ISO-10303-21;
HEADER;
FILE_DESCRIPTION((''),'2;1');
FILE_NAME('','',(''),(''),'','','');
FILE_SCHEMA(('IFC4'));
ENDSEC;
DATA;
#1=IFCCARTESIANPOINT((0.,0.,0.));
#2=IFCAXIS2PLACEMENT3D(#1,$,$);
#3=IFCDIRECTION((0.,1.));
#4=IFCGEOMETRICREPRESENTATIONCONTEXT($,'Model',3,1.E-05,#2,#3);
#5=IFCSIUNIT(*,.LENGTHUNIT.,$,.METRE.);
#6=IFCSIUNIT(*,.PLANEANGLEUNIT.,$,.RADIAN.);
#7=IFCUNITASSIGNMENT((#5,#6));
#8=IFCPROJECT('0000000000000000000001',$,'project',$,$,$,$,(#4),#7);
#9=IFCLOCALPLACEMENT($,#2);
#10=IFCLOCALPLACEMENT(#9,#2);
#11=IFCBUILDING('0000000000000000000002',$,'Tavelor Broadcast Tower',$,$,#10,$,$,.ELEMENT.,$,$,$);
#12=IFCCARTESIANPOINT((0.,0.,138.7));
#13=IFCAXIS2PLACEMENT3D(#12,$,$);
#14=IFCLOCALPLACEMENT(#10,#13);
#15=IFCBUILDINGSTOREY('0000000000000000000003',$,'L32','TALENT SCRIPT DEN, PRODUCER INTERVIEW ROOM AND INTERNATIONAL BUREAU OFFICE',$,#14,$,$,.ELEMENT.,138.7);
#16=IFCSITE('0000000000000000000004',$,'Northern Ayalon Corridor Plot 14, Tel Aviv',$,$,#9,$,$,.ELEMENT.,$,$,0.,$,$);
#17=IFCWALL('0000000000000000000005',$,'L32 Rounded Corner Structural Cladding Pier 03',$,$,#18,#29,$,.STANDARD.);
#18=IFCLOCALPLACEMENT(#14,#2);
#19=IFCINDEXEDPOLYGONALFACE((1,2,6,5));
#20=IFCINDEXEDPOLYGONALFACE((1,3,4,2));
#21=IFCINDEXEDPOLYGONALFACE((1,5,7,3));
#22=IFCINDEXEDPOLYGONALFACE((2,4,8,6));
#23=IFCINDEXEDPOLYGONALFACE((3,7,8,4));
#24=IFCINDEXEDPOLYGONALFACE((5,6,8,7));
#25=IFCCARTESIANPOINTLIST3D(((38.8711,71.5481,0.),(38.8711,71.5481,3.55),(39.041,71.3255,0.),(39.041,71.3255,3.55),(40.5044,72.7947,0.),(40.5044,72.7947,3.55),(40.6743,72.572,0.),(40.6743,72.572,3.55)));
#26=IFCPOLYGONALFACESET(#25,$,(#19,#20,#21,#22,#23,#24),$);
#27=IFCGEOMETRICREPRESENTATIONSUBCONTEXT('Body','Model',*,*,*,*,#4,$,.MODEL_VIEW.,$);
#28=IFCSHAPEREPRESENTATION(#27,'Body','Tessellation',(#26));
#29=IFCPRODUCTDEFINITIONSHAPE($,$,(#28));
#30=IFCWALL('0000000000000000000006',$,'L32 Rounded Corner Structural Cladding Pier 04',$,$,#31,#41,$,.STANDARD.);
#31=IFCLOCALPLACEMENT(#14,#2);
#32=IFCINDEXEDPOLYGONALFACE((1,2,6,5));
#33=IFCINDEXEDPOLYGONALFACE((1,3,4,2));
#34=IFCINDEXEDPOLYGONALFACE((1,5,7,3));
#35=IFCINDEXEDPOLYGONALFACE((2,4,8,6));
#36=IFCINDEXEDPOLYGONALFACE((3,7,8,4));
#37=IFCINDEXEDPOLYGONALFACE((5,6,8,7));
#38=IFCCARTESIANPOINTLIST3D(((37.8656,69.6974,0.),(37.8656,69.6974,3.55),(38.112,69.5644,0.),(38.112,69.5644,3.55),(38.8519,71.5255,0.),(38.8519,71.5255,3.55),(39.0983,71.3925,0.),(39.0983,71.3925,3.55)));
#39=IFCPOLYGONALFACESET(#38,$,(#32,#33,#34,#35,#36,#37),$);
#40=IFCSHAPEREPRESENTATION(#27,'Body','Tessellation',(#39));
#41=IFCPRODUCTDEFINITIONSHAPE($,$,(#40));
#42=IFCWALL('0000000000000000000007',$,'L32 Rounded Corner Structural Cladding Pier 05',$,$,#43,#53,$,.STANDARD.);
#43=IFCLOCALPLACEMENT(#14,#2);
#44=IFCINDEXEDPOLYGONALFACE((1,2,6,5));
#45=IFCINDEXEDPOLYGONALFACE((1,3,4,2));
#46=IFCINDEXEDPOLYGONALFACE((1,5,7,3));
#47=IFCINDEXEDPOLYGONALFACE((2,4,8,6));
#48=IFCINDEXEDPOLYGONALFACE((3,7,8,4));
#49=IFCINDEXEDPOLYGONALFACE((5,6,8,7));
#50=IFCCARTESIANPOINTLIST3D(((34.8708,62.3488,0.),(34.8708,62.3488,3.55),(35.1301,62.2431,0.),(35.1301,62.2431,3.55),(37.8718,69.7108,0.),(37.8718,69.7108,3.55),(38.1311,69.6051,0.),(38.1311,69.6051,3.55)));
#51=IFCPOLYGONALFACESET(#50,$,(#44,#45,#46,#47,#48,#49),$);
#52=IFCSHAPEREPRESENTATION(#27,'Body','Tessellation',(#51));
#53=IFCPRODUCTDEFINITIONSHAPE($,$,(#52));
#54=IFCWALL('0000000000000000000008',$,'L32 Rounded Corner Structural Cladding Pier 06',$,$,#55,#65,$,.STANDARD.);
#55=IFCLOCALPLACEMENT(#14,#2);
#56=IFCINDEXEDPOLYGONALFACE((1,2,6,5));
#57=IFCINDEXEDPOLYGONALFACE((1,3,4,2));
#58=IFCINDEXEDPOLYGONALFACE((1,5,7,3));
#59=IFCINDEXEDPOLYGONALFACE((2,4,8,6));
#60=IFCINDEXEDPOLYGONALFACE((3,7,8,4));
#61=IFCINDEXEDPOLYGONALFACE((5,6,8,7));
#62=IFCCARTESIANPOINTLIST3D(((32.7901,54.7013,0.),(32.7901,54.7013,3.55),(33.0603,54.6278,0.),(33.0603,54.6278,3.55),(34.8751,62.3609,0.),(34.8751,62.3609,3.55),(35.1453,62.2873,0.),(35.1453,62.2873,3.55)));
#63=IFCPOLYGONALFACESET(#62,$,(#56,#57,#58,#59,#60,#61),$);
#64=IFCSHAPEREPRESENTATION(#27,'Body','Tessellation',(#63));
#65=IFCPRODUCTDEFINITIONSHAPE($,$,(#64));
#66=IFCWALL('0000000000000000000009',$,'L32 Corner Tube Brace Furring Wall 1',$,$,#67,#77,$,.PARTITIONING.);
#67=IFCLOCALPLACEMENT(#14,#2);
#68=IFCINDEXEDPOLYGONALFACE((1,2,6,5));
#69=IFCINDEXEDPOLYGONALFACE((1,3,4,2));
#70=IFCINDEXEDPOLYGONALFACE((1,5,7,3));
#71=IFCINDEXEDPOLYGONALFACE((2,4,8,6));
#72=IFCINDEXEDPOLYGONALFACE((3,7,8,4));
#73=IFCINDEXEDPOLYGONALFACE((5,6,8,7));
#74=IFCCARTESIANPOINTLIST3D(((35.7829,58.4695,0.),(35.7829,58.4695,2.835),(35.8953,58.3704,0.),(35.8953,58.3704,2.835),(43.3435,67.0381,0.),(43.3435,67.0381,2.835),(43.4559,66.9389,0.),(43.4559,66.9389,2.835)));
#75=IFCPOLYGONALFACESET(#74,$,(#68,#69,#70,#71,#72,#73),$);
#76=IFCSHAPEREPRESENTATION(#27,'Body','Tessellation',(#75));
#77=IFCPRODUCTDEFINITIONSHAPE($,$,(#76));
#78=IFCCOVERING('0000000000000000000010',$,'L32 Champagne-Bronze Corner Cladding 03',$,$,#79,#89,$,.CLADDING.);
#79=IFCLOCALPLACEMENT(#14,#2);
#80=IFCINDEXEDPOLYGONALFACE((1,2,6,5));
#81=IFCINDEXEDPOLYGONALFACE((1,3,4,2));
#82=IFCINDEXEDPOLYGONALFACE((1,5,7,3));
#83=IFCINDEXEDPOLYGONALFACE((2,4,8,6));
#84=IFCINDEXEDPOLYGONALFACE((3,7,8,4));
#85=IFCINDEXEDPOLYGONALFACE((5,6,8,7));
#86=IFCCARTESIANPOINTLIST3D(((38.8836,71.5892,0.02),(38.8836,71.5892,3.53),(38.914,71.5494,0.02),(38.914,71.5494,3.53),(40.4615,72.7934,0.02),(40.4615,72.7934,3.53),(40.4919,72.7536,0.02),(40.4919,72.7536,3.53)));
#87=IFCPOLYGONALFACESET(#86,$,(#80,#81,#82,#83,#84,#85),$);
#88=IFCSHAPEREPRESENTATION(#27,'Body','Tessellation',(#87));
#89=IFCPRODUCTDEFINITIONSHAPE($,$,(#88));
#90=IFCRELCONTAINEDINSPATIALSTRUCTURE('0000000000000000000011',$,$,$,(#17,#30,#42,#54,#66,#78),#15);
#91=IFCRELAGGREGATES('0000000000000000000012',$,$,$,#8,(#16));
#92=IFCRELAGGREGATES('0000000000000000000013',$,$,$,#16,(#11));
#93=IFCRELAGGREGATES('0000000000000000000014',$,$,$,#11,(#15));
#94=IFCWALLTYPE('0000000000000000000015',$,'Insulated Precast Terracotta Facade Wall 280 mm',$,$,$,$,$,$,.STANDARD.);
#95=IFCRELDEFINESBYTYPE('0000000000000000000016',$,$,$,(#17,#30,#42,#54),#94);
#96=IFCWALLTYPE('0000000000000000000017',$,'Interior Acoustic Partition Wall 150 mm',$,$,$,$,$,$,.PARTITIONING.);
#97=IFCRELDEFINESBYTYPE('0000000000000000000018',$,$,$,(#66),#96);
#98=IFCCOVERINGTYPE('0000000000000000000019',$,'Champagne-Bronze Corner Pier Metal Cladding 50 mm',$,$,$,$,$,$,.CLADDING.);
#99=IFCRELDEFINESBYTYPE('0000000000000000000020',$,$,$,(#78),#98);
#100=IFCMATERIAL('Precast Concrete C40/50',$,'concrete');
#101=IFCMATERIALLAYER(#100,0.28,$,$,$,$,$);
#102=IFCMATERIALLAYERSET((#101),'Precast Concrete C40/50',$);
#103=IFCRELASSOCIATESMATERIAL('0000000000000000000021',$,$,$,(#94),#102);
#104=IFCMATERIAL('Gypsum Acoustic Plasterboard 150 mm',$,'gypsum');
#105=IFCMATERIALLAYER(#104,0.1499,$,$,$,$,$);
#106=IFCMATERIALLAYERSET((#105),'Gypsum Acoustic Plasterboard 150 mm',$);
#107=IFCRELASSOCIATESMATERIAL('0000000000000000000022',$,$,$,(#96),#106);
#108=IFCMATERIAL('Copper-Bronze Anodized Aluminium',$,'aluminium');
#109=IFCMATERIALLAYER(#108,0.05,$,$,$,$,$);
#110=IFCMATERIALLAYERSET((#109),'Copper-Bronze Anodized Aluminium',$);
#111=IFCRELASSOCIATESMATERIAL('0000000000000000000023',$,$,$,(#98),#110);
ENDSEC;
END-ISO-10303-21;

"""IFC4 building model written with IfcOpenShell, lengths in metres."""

from ifc_helpers import new_model, si_unit, direction, frame, frame_2d, origin, origin_2d, place, context, subcontext, project, spatial, rectangle, extrude, material, layer, layer_set, type_object, element, save


model = new_model("IFC4")

# Units and contexts
model_context = context("Model", 3, precision=1e-05, world=origin(), true_north=direction((0.0, 1.0)))
body_context = subcontext(model_context, "Body", "Model", "MODEL_VIEW")
ifc_project = project(units=[si_unit("LENGTHUNIT", "METRE"), si_unit("PLANEANGLEUNIT", "RADIAN")], contexts=[model_context])

# Site, building, storey
site_placement = place(None, origin())
site = spatial("IfcSite", under=ifc_project, at=site_placement, Name="Northern Ayalon Corridor Plot 14, Tel Aviv", CompositionType="ELEMENT", RefElevation=0.0)
building_placement = place(site_placement, origin())
building = spatial("IfcBuilding", under=site, at=building_placement, Name="Tavelor Broadcast Tower", CompositionType="ELEMENT")
storey_placement = place(building_placement, frame((0.0, 0.0, 138.7)))
storey = spatial("IfcBuildingStorey", under=building, at=storey_placement, Name="L32", Description="TALENT SCRIPT DEN, PRODUCER INTERVIEW ROOM AND INTERNATIONAL BUREAU OFFICE", CompositionType="ELEMENT", Elevation=138.7)

# Walls
ifc_material_1 = material(Name="Precast Concrete C40/50", Category="concrete")
ifc_layer_1 = layer(ifc_material_1, 0.28)
ifc_layer_set_1 = layer_set([ifc_layer_1], Name="Precast Concrete C40/50")
wall_type_1 = type_object("IfcWallType", Name="Insulated Precast Terracotta Facade Wall 280 mm", PredefinedType="STANDARD", material=ifc_layer_set_1)
for number, where, z_axis, x_axis, name in (
    (1, (40.5894, 72.6833, 0.0), (0.0, 0.0, 1.0), (-0.794924, -0.606709, 0.0), "L32 Rounded Corner Structural Cladding Pier 03"),
):
    element("IfcWall", number, at=place(storey_placement, frame(where, z_axis=z_axis, x_axis=x_axis)), inside=storey, type_object=wall_type_1, Name=name, PredefinedType="STANDARD", context=body_context, shape_type="SweptSolid", body=[
        extrude(rectangle(XDim=2.0547, YDim=0.28, at=frame_2d((1.0273, 0.0))), origin(), (0.0, 0.0, 1.0), 3.55),
    ])
wall_1_placement = place(storey_placement, frame((38.9751, 71.459, 0.0), z_axis=(0.0, 0.0, 1.0), x_axis=(-0.474829, -0.880078, 0.0)))
element("IfcWall", 2, at=wall_1_placement, inside=storey, type_object=wall_type_1, Name="L32 Rounded Corner Structural Cladding Pier 04", PredefinedType="STANDARD", context=body_context, shape_type="SweptSolid", body=[
    extrude(rectangle(XDim=2.0771, YDim=0.28, at=frame_2d((1.0386, 0.0))), origin(), (0.0, 0.0, 1.0), 3.55),
])
wall_2_placement = place(storey_placement, frame((38.0015, 69.658, 0.0), z_axis=(0.0, 0.0, 1.0), x_axis=(-0.377471, -0.926021, 0.0)))
element("IfcWall", 3, at=wall_2_placement, inside=storey, type_object=wall_type_1, Name="L32 Rounded Corner Structural Cladding Pier 05", PredefinedType="STANDARD", context=body_context, shape_type="SweptSolid", body=[
    extrude(rectangle(XDim=7.9502, YDim=0.28, at=frame_2d((3.9751, 0.0))), origin(), (0.0, 0.0, 1.0), 3.55),
])
wall_3_placement = place(storey_placement, frame((35.0103, 62.3242, 0.0), z_axis=(0.0, 0.0, 1.0), x_axis=(-0.262652, -0.964891, 0.0)))
element("IfcWall", 4, at=wall_3_placement, inside=storey, type_object=wall_type_1, Name="L32 Rounded Corner Structural Cladding Pier 06", PredefinedType="STANDARD", context=body_context, shape_type="SweptSolid", body=[
    extrude(rectangle(XDim=7.9382, YDim=0.28, at=frame_2d((3.9692, 0.0))), origin(), (0.0, 0.0, 1.0), 3.55),
])
ifc_material_2 = material(Name="Gypsum Acoustic Plasterboard 150 mm", Category="gypsum")
ifc_layer_2 = layer(ifc_material_2, 0.1499)
ifc_layer_set_2 = layer_set([ifc_layer_2], Name="Gypsum Acoustic Plasterboard 150 mm")
wall_type_2 = type_object("IfcWallType", Name="Interior Acoustic Partition Wall 150 mm", PredefinedType="PARTITIONING", material=ifc_layer_set_2)
wall_4_placement = place(storey_placement, frame((43.3997, 66.9885, 0.0), z_axis=(0.0, 0.0, 1.0), x_axis=(-0.661622, -0.749837, 0.0)))
element("IfcWall", 5, at=wall_4_placement, inside=storey, type_object=wall_type_2, Name="L32 Corner Tube Brace Furring Wall 1", PredefinedType="PARTITIONING", context=body_context, shape_type="SweptSolid", body=[
    extrude(rectangle(XDim=11.4272, YDim=0.1499, at=frame_2d((5.7136, 0.0))), origin(), (0.0, 0.0, 1.0), 2.835),
])

# Covering
ifc_material_3 = material(Name="Copper-Bronze Anodized Aluminium", Category="aluminium")
ifc_layer_3 = layer(ifc_material_3, 0.05)
ifc_layer_set_3 = layer_set([ifc_layer_3], Name="Copper-Bronze Anodized Aluminium")
covering_type = type_object("IfcCoveringType", Name="Champagne-Bronze Corner Pier Metal Cladding 50 mm", PredefinedType="CLADDING", material=ifc_layer_set_3)
covering_placement = place(storey_placement, frame((39.6877, 72.1714, 0.02), z_axis=(0.0, 0.0, 1.0), x_axis=(-0.794944, -0.606682, 0.0)))
element("IfcCovering", 6, at=covering_placement, inside=storey, type_object=covering_type, Name="L32 Champagne-Bronze Corner Cladding 03", PredefinedType="CLADDING", context=body_context, shape_type="SweptSolid", body=[
    extrude(rectangle(XDim=1.9849, YDim=0.05, at=origin_2d()), origin(), (0.0, 0.0, 1.0), 3.51),
])

save(model, "model.ifc")
